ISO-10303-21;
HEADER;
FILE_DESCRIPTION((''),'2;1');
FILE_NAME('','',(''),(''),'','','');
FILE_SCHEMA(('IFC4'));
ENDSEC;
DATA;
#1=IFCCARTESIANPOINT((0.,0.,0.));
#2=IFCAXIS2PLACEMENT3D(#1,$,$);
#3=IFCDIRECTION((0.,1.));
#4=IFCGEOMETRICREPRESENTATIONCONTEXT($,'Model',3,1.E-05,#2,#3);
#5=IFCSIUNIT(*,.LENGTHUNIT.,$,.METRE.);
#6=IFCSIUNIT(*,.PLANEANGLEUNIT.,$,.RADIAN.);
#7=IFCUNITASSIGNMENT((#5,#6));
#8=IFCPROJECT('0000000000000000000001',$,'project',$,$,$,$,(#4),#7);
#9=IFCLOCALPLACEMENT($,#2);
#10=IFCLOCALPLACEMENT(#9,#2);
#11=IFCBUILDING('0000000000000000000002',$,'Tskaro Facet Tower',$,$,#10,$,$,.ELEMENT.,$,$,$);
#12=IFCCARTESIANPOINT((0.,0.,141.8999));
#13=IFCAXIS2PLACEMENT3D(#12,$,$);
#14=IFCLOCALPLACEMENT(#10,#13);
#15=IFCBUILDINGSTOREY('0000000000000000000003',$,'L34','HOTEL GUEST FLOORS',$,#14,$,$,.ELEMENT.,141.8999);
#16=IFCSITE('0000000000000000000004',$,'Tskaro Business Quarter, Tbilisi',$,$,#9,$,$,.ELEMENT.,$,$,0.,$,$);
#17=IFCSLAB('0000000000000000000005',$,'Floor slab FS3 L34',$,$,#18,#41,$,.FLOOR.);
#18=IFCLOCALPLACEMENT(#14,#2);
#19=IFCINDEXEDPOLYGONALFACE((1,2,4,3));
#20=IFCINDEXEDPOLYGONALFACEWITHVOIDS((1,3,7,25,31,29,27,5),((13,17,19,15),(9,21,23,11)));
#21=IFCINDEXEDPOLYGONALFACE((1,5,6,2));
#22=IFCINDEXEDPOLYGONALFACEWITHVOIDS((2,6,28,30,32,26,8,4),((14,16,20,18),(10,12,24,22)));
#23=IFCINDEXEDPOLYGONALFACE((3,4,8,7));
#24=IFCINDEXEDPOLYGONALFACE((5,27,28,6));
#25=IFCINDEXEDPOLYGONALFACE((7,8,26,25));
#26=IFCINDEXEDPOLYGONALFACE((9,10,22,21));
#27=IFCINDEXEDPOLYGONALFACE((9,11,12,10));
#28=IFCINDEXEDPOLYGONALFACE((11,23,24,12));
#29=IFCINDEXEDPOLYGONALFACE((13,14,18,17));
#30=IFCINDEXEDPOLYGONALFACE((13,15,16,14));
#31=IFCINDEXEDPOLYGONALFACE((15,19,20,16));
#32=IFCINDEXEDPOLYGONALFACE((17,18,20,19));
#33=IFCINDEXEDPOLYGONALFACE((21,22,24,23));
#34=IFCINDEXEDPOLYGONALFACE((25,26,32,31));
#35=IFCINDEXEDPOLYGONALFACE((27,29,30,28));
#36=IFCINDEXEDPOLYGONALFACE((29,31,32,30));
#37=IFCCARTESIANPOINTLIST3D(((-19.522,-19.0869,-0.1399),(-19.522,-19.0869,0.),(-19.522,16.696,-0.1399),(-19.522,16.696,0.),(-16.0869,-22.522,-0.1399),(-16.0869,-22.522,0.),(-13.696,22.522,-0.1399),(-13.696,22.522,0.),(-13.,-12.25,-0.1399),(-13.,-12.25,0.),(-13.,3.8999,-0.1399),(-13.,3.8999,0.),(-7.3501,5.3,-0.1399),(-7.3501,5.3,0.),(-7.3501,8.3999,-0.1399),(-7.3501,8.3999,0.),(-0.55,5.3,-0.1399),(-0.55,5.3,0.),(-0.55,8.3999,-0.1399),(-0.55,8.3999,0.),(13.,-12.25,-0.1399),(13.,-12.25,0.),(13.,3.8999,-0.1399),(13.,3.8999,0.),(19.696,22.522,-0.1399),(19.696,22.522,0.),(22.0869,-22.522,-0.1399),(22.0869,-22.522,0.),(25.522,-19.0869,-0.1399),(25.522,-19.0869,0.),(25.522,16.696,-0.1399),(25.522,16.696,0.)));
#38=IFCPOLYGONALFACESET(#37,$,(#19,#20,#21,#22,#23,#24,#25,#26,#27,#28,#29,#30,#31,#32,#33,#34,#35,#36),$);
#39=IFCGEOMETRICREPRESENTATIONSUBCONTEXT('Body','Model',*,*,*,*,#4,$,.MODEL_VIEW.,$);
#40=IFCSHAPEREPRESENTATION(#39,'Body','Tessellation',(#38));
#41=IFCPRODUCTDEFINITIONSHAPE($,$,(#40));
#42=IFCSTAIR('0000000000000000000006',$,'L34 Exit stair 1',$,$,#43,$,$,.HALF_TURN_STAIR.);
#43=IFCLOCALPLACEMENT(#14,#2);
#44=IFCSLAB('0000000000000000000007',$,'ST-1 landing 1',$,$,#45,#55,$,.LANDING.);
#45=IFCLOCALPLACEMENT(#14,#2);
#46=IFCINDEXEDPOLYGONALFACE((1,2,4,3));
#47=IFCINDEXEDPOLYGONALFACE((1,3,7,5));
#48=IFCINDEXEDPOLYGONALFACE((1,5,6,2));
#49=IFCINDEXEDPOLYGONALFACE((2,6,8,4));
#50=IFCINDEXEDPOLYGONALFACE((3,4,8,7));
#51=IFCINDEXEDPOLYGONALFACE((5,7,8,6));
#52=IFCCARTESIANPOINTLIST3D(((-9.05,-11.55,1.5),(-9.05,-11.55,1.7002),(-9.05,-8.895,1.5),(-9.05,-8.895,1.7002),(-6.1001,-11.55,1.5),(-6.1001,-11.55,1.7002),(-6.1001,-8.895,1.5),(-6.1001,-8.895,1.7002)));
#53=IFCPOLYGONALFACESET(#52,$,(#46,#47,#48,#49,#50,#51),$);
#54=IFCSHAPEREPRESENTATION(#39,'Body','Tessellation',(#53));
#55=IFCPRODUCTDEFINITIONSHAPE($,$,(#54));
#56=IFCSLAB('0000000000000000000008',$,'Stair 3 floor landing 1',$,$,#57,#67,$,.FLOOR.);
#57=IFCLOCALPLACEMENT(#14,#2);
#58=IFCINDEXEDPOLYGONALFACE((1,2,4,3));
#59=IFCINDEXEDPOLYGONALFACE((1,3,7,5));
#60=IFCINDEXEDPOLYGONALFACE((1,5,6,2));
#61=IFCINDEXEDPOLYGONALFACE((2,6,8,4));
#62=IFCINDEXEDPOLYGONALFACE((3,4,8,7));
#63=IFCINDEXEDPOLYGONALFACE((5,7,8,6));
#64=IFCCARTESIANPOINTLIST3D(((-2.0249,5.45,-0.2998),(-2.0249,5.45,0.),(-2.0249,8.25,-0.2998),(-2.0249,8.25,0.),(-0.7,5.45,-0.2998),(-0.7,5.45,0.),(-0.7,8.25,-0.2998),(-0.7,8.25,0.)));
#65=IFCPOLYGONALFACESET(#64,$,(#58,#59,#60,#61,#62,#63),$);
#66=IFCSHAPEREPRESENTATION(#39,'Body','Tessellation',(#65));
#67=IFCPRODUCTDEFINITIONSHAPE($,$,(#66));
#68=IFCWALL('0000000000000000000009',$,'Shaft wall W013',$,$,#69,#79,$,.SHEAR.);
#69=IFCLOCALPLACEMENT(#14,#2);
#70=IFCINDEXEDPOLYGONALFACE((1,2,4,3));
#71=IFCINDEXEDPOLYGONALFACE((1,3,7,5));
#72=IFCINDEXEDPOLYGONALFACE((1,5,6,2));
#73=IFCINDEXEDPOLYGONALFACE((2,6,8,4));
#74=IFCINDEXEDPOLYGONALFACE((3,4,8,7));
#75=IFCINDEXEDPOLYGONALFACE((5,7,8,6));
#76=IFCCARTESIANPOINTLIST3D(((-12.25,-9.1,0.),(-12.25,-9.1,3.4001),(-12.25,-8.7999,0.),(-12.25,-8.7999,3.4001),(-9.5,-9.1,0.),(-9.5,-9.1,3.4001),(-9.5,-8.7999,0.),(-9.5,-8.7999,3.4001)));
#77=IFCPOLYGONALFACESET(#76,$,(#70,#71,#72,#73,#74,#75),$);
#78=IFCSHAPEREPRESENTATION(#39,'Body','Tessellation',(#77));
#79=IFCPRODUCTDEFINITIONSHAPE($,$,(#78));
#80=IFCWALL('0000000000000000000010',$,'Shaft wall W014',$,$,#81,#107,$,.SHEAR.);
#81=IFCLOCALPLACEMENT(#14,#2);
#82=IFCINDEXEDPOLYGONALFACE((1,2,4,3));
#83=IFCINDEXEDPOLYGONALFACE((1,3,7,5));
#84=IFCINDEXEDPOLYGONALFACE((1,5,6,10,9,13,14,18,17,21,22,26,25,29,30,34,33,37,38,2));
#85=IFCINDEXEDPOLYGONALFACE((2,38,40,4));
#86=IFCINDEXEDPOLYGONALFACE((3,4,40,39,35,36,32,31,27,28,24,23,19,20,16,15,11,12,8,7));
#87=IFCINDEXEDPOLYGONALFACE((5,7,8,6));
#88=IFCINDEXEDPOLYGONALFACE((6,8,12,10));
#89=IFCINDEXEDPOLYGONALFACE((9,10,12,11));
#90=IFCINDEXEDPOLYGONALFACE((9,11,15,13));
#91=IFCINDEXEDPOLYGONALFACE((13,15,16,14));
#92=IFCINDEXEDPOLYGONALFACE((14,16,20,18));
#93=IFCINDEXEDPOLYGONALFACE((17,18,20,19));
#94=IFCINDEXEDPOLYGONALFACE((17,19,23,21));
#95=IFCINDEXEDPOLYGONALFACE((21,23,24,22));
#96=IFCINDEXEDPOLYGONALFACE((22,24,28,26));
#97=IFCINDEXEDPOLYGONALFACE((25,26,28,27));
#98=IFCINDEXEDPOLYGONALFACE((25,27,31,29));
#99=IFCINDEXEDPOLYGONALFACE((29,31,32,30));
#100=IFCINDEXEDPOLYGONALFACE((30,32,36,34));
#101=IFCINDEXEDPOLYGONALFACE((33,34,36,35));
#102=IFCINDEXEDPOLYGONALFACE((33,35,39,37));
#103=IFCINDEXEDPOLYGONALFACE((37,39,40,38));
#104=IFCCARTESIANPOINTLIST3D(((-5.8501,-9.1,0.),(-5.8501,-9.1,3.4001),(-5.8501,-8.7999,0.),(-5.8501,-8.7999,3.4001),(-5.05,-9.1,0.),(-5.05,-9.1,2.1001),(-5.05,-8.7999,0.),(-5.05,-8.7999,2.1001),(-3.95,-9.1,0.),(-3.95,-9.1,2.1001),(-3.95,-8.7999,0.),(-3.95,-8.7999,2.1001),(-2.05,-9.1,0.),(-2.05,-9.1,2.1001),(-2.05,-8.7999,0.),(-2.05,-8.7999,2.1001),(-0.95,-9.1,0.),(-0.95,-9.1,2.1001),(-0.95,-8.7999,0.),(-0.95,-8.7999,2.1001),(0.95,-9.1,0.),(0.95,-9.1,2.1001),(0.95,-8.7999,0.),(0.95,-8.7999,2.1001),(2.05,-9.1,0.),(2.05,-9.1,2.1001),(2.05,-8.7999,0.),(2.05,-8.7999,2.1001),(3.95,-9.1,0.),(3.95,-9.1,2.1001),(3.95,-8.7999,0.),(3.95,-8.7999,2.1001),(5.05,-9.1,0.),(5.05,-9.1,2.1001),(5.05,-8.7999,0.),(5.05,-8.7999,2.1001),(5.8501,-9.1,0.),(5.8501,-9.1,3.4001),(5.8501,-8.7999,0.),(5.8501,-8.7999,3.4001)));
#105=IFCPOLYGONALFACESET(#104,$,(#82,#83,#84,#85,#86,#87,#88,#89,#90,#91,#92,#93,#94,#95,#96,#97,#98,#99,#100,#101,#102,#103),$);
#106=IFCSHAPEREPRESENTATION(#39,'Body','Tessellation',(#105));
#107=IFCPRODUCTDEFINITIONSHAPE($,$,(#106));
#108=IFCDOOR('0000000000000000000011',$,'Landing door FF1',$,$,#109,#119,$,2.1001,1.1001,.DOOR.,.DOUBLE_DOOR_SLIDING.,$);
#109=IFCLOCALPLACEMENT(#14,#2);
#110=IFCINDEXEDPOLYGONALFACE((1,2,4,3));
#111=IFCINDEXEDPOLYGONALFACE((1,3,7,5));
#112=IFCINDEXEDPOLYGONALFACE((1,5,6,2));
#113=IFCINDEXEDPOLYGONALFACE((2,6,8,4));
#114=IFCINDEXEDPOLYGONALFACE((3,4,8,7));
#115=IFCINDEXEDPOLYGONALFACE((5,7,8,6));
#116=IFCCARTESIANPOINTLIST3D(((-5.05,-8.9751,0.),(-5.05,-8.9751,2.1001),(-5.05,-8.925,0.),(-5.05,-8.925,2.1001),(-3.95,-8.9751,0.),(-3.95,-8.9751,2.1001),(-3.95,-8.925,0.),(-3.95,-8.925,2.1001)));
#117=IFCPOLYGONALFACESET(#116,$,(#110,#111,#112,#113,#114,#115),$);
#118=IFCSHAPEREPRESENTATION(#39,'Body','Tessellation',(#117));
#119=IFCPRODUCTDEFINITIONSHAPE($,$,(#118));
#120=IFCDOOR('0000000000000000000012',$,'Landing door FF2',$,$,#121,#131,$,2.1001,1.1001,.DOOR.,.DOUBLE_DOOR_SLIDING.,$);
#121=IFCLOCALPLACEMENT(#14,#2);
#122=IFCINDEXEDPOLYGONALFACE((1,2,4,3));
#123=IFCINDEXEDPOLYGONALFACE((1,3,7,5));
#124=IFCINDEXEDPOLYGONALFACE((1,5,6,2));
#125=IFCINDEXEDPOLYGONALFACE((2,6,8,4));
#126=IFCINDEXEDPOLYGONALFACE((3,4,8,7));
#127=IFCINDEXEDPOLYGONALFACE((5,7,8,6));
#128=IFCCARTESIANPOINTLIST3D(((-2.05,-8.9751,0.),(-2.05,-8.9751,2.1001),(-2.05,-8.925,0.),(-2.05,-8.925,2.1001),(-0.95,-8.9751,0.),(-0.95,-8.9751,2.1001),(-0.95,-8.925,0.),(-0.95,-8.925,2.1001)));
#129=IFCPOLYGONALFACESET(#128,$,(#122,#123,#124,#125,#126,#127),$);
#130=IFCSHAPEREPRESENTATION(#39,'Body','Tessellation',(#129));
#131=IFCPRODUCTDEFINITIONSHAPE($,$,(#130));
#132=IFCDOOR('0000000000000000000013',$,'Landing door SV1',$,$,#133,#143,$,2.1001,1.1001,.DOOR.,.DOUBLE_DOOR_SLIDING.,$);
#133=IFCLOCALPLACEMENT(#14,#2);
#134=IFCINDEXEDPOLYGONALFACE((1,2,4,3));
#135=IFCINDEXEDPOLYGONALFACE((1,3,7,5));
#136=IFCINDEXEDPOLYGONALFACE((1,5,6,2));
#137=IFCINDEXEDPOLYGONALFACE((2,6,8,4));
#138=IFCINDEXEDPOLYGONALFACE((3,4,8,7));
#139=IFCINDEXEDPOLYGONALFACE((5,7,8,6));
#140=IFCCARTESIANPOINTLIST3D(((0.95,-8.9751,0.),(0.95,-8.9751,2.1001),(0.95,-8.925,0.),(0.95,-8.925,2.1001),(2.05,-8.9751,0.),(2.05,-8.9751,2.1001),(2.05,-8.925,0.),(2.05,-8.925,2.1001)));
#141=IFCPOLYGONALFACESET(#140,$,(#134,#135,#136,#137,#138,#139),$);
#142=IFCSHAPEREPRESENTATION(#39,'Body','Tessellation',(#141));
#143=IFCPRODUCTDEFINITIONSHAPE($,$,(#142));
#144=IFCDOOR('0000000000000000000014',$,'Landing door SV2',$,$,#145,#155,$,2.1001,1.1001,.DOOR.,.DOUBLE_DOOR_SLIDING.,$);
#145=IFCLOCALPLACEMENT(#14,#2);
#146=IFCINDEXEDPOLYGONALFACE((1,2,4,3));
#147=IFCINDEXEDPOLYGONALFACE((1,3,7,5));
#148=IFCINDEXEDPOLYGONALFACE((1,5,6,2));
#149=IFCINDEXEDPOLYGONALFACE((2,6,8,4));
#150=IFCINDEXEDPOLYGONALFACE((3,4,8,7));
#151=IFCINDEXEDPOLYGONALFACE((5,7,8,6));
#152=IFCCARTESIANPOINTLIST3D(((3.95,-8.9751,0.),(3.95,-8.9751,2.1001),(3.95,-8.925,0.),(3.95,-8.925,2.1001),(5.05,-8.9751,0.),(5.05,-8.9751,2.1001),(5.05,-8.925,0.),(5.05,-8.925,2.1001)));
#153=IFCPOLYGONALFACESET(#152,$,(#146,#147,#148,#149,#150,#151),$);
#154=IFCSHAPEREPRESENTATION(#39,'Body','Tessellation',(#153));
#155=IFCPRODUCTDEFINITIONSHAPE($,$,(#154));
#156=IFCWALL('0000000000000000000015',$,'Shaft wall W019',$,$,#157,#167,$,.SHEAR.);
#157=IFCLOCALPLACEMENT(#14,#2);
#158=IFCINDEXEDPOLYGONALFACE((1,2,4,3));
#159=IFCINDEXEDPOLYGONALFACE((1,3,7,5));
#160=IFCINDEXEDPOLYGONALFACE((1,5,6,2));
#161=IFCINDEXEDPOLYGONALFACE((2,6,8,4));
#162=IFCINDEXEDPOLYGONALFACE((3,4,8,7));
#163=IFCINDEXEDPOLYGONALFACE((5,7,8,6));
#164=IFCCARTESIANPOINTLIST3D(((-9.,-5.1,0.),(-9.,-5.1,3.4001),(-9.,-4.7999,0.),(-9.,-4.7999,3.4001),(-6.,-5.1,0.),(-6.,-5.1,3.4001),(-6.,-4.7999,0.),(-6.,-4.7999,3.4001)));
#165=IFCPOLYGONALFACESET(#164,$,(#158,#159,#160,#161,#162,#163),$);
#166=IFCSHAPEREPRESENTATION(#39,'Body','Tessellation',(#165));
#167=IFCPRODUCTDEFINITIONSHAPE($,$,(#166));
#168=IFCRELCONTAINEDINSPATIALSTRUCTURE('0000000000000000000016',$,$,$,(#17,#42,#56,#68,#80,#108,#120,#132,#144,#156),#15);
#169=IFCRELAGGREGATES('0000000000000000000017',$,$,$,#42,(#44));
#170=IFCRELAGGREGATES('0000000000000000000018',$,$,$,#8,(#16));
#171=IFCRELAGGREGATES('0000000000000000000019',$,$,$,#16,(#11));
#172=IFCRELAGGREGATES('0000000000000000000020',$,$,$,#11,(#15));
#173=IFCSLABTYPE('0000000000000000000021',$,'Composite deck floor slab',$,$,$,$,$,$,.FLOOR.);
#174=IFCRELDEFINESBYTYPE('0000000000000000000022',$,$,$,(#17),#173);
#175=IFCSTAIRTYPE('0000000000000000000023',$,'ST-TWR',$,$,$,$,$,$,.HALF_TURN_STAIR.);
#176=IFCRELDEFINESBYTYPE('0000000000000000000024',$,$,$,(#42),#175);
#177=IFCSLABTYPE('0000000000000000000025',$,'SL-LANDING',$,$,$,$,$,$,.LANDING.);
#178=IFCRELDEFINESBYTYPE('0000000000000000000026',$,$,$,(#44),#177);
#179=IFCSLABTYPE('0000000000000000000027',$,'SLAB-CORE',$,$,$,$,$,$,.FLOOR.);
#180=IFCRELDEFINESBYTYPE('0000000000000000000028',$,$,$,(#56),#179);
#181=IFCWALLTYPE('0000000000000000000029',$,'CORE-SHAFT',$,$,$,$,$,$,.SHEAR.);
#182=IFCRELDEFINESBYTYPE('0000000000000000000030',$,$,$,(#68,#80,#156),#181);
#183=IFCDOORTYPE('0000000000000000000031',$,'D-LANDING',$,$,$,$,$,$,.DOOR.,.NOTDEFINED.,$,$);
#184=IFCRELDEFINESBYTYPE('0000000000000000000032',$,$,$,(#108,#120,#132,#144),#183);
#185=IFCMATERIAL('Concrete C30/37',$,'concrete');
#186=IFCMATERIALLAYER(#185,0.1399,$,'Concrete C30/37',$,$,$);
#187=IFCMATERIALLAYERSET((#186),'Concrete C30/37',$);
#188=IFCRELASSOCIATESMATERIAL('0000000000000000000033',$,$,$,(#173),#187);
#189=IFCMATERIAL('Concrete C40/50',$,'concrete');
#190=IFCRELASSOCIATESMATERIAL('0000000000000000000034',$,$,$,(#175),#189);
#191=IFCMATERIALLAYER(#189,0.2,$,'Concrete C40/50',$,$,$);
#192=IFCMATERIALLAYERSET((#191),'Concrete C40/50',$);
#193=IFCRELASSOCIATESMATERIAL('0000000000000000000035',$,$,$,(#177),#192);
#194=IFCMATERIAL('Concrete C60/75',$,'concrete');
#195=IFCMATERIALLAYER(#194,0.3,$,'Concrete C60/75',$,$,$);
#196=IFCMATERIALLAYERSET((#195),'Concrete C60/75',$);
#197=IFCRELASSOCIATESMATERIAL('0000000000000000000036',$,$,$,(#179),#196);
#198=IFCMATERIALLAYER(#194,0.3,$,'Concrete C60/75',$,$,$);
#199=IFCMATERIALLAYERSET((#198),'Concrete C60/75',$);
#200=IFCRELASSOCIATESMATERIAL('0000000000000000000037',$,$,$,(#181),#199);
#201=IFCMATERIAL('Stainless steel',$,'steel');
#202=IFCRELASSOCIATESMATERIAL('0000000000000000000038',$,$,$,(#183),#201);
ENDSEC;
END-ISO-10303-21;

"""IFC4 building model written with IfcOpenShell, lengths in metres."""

from ifc_helpers import new_model, si_unit, direction, frame, frame_2d, origin, place, context, subcontext, project, spatial, polyline, rectangle, outline, extrude, material, layer, layer_set, type_object, element, fill, aggregate, save


model = new_model("IFC4")

# Units and contexts
model_context = context("Model", 3, precision=1e-05, world=origin(), true_north=direction((0.0, 1.0)))
body_context = subcontext(model_context, "Body", "Model", "MODEL_VIEW")
ifc_project = project(units=[si_unit("LENGTHUNIT", "METRE"), si_unit("PLANEANGLEUNIT", "RADIAN")], contexts=[model_context])

# Site, building, storey
site_placement = place(None, origin())
site = spatial("IfcSite", under=ifc_project, at=site_placement, Name="Tskaro Business Quarter, Tbilisi", CompositionType="ELEMENT", RefElevation=0.0)
building_placement = place(site_placement, origin())
building = spatial("IfcBuilding", under=site, at=building_placement, Name="Tskaro Facet Tower", CompositionType="ELEMENT")
storey_placement = place(building_placement, frame((0.0, 0.0, 141.8999)))
storey = spatial("IfcBuildingStorey", under=building, at=storey_placement, Name="L34", Description="HOTEL GUEST FLOORS", CompositionType="ELEMENT", Elevation=141.8999)

# Slab
ifc_material_1 = material(Name="Concrete C30/37", Category="concrete")
ifc_layer_1 = layer(ifc_material_1, 0.1399, Name="Concrete C30/37")
ifc_layer_set_1 = layer_set([ifc_layer_1], Name="Concrete C30/37")
slab_type_1 = type_object("IfcSlabType", Name="Composite deck floor slab", PredefinedType="FLOOR", material=ifc_layer_set_1)
slab_1_placement = place(storey_placement, frame((0.0, 0.0, -0.1399)))
element("IfcSlab", 1, at=slab_1_placement, inside=storey, type_object=slab_type_1, Name="Floor slab FS3 L34", PredefinedType="FLOOR", context=body_context, shape_type="SweptSolid", body=[
    extrude(outline(polyline([(-16.0869, -22.522), (22.0869, -22.522), (25.522, -19.0869), (25.522, 16.696), (19.696, 22.522), (-13.696, 22.522), (-19.522, 16.696), (-19.522, -19.0869), (-16.0869, -22.522)]), holes=[polyline([(-13.0, -12.25), (13.0, -12.25), (13.0, 3.8999), (-13.0, 3.8999), (-13.0, -12.25)]), polyline([(-7.3501, 5.3), (-0.55, 5.3), (-0.55, 8.3999), (-7.3501, 8.3999), (-7.3501, 5.3)])]), origin(), (0.0, 0.0, 1.0), 0.1399),
])

# Stair, slab
ifc_material_2 = material(Name="Concrete C40/50", Category="concrete")
stair_type = type_object("IfcStairType", Name="ST-TWR", PredefinedType="HALF_TURN_STAIR", material=ifc_material_2)
stair_placement = place(storey_placement, origin())
stair = element("IfcStair", 2, at=stair_placement, inside=storey, type_object=stair_type, Name="L34 Exit stair 1", PredefinedType="HALF_TURN_STAIR")
ifc_layer_2 = layer(ifc_material_2, 0.2, Name="Concrete C40/50")
ifc_layer_set_2 = layer_set([ifc_layer_2], Name="Concrete C40/50")
slab_type_2 = type_object("IfcSlabType", Name="SL-LANDING", PredefinedType="LANDING", material=ifc_layer_set_2)
slab_2_placement = place(storey_placement, frame((0.0, 0.0, 1.5)))
slab_2 = element("IfcSlab", 3, at=slab_2_placement, type_object=slab_type_2, Name="ST-1 landing 1", PredefinedType="LANDING", context=body_context, shape_type="SweptSolid", body=[
    extrude(outline(polyline([(-9.05, -11.55), (-6.1001, -11.55), (-6.1001, -8.895), (-9.05, -8.895), (-9.05, -11.55)])), origin(), (0.0, 0.0, 1.0), 0.2002),
])

# Slab
ifc_material_3 = material(Name="Concrete C60/75", Category="concrete")
ifc_layer_3 = layer(ifc_material_3, 0.3, Name="Concrete C60/75")
ifc_layer_set_3 = layer_set([ifc_layer_3], Name="Concrete C60/75")
slab_type_3 = type_object("IfcSlabType", Name="SLAB-CORE", PredefinedType="FLOOR", material=ifc_layer_set_3)
slab_3_placement = place(storey_placement, frame((0.0, 0.0, -0.2998)))
element("IfcSlab", 4, at=slab_3_placement, inside=storey, type_object=slab_type_3, Name="Stair 3 floor landing 1", PredefinedType="FLOOR", context=body_context, shape_type="SweptSolid", body=[
    extrude(outline(polyline([(-2.0249, 5.45), (-0.7, 5.45), (-0.7, 8.25), (-2.0249, 8.25), (-2.0249, 5.45)])), origin(), (0.0, 0.0, 1.0), 0.2998),
])

# Wall
ifc_layer_4 = layer(ifc_material_3, 0.3, Name="Concrete C60/75")
ifc_layer_set_4 = layer_set([ifc_layer_4], Name="Concrete C60/75")
wall_type_1 = type_object("IfcWallType", Name="CORE-SHAFT", PredefinedType="SHEAR", material=ifc_layer_set_4)
wall_1_placement = place(storey_placement, frame((-12.25, -8.95, 0.0), z_axis=(0.0, 0.0, 1.0), x_axis=(1.0, 0.0, 0.0)))
element("IfcWall", 5, at=wall_1_placement, inside=storey, type_object=wall_type_1, Name="Shaft wall W013", PredefinedType="SHEAR", context=body_context, shape_type="SweptSolid", body=[
    extrude(rectangle(XDim=2.75, YDim=0.3, at=frame_2d((1.375, 0.0))), origin(), (0.0, 0.0, 1.0), 3.4001),
])

# Wall, openings, doors
wall_2_placement = place(storey_placement, frame((-5.8501, -8.95, 0.0), z_axis=(0.0, 0.0, 1.0), x_axis=(1.0, 0.0, 0.0)))
wall_2 = element("IfcWall", 6, at=wall_2_placement, inside=storey, type_object=wall_type_1, Name="Shaft wall W014", PredefinedType="SHEAR", context=body_context, shape_type="SweptSolid", body=[
    extrude(rectangle(XDim=11.7002, YDim=0.3, at=frame_2d((5.8501, 0.0))), origin(), (0.0, 0.0, 1.0), 3.4001),
])
opening_1_placement = place(wall_2_placement, frame((0.8, 0.0, 0.0)))
opening_1 = element("IfcOpeningElement", 7, at=opening_1_placement, cuts=wall_2, PredefinedType="OPENING", context=body_context, shape_type="SweptSolid", body=[
    extrude(rectangle(XDim=1.1001, YDim=2.1001, at=frame_2d((0.55, 1.05))), frame((0.0, 0.1599, 0.0), z_axis=(0.0, -1.0, 0.0), x_axis=(1.0, 0.0, 0.0)), (0.0, 0.0, 1.0), 0.3201),
])
opening_2_placement = place(wall_2_placement, frame((3.8, 0.0, 0.0)))
opening_2 = element("IfcOpeningElement", 8, at=opening_2_placement, cuts=wall_2, PredefinedType="OPENING", context=body_context, shape_type="SweptSolid", body=[
    extrude(rectangle(XDim=1.1001, YDim=2.1001, at=frame_2d((0.55, 1.05))), frame((0.0, 0.1599, 0.0), z_axis=(0.0, -1.0, 0.0), x_axis=(1.0, 0.0, 0.0)), (0.0, 0.0, 1.0), 0.3201),
])
opening_3_placement = place(wall_2_placement, frame((6.8, 0.0, 0.0)))
opening_3 = element("IfcOpeningElement", 9, at=opening_3_placement, cuts=wall_2, PredefinedType="OPENING", context=body_context, shape_type="SweptSolid", body=[
    extrude(rectangle(XDim=1.1001, YDim=2.1001, at=frame_2d((0.55, 1.05))), frame((0.0, 0.1599, 0.0), z_axis=(0.0, -1.0, 0.0), x_axis=(1.0, 0.0, 0.0)), (0.0, 0.0, 1.0), 0.3201),
])
opening_4_placement = place(wall_2_placement, frame((9.8, 0.0, 0.0)))
opening_4 = element("IfcOpeningElement", 10, at=opening_4_placement, cuts=wall_2, PredefinedType="OPENING", context=body_context, shape_type="SweptSolid", body=[
    extrude(rectangle(XDim=1.1001, YDim=2.1001, at=frame_2d((0.55, 1.05))), frame((0.0, 0.1599, 0.0), z_axis=(0.0, -1.0, 0.0), x_axis=(1.0, 0.0, 0.0)), (0.0, 0.0, 1.0), 0.3201),
])
ifc_material_4 = material(Name="Stainless steel", Category="steel")
door_type_1 = type_object("IfcDoorType", Name="D-LANDING", OperationType="NOTDEFINED", PredefinedType="DOOR", material=ifc_material_4)
door_1_placement = place(opening_1_placement, origin())
door_1 = element("IfcDoor", 11, at=door_1_placement, inside=storey, type_object=door_type_1, Name="Landing door FF1", OperationType="DOUBLE_DOOR_SLIDING", OverallHeight=2.1001, OverallWidth=1.1001, PredefinedType="DOOR", context=body_context, shape_type="SweptSolid", body=[
    extrude(rectangle(XDim=1.1001, YDim=2.1001, at=frame_2d((0.55, 1.05))), frame((0.0, 0.0249, 0.0), z_axis=(0.0, -1.0, 0.0), x_axis=(1.0, 0.0, 0.0)), (0.0, 0.0, 1.0), 0.05),
])
fill(opening_1, door_1)
door_2_placement = place(opening_2_placement, origin())
door_2 = element("IfcDoor", 12, at=door_2_placement, inside=storey, type_object=door_type_1, Name="Landing door FF2", OperationType="DOUBLE_DOOR_SLIDING", OverallHeight=2.1001, OverallWidth=1.1001, PredefinedType="DOOR", context=body_context, shape_type="SweptSolid", body=[
    extrude(rectangle(XDim=1.1001, YDim=2.1001, at=frame_2d((0.55, 1.05))), frame((0.0, 0.0249, 0.0), z_axis=(0.0, -1.0, 0.0), x_axis=(1.0, 0.0, 0.0)), (0.0, 0.0, 1.0), 0.05),
])
fill(opening_2, door_2)
door_3_placement = place(opening_3_placement, origin())
door_3 = element("IfcDoor", 13, at=door_3_placement, inside=storey, type_object=door_type_1, Name="Landing door SV1", OperationType="DOUBLE_DOOR_SLIDING", OverallHeight=2.1001, OverallWidth=1.1001, PredefinedType="DOOR", context=body_context, shape_type="SweptSolid", body=[
    extrude(rectangle(XDim=1.1001, YDim=2.1001, at=frame_2d((0.55, 1.05))), frame((0.0, 0.0249, 0.0), z_axis=(0.0, -1.0, 0.0), x_axis=(1.0, 0.0, 0.0)), (0.0, 0.0, 1.0), 0.05),
])
fill(opening_3, door_3)
door_4_placement = place(opening_4_placement, origin())
door_4 = element("IfcDoor", 14, at=door_4_placement, inside=storey, type_object=door_type_1, Name="Landing door SV2", OperationType="DOUBLE_DOOR_SLIDING", OverallHeight=2.1001, OverallWidth=1.1001, PredefinedType="DOOR", context=body_context, shape_type="SweptSolid", body=[
    extrude(rectangle(XDim=1.1001, YDim=2.1001, at=frame_2d((0.55, 1.05))), frame((0.0, 0.0249, 0.0), z_axis=(0.0, -1.0, 0.0), x_axis=(1.0, 0.0, 0.0)), (0.0, 0.0, 1.0), 0.05),
])
fill(opening_4, door_4)

# Wall
wall_3_placement = place(storey_placement, frame((-9.0, -4.95, 0.0), z_axis=(0.0, 0.0, 1.0), x_axis=(1.0, 0.0, 0.0)))
element("IfcWall", 15, at=wall_3_placement, inside=storey, type_object=wall_type_1, Name="Shaft wall W019", PredefinedType="SHEAR", context=body_context, shape_type="SweptSolid", body=[
    extrude(rectangle(XDim=3.0, YDim=0.3, at=frame_2d((1.5, 0.0))), origin(), (0.0, 0.0, 1.0), 3.4001),
])

aggregate(stair, [slab_2])

save(model, "model.ifc")
